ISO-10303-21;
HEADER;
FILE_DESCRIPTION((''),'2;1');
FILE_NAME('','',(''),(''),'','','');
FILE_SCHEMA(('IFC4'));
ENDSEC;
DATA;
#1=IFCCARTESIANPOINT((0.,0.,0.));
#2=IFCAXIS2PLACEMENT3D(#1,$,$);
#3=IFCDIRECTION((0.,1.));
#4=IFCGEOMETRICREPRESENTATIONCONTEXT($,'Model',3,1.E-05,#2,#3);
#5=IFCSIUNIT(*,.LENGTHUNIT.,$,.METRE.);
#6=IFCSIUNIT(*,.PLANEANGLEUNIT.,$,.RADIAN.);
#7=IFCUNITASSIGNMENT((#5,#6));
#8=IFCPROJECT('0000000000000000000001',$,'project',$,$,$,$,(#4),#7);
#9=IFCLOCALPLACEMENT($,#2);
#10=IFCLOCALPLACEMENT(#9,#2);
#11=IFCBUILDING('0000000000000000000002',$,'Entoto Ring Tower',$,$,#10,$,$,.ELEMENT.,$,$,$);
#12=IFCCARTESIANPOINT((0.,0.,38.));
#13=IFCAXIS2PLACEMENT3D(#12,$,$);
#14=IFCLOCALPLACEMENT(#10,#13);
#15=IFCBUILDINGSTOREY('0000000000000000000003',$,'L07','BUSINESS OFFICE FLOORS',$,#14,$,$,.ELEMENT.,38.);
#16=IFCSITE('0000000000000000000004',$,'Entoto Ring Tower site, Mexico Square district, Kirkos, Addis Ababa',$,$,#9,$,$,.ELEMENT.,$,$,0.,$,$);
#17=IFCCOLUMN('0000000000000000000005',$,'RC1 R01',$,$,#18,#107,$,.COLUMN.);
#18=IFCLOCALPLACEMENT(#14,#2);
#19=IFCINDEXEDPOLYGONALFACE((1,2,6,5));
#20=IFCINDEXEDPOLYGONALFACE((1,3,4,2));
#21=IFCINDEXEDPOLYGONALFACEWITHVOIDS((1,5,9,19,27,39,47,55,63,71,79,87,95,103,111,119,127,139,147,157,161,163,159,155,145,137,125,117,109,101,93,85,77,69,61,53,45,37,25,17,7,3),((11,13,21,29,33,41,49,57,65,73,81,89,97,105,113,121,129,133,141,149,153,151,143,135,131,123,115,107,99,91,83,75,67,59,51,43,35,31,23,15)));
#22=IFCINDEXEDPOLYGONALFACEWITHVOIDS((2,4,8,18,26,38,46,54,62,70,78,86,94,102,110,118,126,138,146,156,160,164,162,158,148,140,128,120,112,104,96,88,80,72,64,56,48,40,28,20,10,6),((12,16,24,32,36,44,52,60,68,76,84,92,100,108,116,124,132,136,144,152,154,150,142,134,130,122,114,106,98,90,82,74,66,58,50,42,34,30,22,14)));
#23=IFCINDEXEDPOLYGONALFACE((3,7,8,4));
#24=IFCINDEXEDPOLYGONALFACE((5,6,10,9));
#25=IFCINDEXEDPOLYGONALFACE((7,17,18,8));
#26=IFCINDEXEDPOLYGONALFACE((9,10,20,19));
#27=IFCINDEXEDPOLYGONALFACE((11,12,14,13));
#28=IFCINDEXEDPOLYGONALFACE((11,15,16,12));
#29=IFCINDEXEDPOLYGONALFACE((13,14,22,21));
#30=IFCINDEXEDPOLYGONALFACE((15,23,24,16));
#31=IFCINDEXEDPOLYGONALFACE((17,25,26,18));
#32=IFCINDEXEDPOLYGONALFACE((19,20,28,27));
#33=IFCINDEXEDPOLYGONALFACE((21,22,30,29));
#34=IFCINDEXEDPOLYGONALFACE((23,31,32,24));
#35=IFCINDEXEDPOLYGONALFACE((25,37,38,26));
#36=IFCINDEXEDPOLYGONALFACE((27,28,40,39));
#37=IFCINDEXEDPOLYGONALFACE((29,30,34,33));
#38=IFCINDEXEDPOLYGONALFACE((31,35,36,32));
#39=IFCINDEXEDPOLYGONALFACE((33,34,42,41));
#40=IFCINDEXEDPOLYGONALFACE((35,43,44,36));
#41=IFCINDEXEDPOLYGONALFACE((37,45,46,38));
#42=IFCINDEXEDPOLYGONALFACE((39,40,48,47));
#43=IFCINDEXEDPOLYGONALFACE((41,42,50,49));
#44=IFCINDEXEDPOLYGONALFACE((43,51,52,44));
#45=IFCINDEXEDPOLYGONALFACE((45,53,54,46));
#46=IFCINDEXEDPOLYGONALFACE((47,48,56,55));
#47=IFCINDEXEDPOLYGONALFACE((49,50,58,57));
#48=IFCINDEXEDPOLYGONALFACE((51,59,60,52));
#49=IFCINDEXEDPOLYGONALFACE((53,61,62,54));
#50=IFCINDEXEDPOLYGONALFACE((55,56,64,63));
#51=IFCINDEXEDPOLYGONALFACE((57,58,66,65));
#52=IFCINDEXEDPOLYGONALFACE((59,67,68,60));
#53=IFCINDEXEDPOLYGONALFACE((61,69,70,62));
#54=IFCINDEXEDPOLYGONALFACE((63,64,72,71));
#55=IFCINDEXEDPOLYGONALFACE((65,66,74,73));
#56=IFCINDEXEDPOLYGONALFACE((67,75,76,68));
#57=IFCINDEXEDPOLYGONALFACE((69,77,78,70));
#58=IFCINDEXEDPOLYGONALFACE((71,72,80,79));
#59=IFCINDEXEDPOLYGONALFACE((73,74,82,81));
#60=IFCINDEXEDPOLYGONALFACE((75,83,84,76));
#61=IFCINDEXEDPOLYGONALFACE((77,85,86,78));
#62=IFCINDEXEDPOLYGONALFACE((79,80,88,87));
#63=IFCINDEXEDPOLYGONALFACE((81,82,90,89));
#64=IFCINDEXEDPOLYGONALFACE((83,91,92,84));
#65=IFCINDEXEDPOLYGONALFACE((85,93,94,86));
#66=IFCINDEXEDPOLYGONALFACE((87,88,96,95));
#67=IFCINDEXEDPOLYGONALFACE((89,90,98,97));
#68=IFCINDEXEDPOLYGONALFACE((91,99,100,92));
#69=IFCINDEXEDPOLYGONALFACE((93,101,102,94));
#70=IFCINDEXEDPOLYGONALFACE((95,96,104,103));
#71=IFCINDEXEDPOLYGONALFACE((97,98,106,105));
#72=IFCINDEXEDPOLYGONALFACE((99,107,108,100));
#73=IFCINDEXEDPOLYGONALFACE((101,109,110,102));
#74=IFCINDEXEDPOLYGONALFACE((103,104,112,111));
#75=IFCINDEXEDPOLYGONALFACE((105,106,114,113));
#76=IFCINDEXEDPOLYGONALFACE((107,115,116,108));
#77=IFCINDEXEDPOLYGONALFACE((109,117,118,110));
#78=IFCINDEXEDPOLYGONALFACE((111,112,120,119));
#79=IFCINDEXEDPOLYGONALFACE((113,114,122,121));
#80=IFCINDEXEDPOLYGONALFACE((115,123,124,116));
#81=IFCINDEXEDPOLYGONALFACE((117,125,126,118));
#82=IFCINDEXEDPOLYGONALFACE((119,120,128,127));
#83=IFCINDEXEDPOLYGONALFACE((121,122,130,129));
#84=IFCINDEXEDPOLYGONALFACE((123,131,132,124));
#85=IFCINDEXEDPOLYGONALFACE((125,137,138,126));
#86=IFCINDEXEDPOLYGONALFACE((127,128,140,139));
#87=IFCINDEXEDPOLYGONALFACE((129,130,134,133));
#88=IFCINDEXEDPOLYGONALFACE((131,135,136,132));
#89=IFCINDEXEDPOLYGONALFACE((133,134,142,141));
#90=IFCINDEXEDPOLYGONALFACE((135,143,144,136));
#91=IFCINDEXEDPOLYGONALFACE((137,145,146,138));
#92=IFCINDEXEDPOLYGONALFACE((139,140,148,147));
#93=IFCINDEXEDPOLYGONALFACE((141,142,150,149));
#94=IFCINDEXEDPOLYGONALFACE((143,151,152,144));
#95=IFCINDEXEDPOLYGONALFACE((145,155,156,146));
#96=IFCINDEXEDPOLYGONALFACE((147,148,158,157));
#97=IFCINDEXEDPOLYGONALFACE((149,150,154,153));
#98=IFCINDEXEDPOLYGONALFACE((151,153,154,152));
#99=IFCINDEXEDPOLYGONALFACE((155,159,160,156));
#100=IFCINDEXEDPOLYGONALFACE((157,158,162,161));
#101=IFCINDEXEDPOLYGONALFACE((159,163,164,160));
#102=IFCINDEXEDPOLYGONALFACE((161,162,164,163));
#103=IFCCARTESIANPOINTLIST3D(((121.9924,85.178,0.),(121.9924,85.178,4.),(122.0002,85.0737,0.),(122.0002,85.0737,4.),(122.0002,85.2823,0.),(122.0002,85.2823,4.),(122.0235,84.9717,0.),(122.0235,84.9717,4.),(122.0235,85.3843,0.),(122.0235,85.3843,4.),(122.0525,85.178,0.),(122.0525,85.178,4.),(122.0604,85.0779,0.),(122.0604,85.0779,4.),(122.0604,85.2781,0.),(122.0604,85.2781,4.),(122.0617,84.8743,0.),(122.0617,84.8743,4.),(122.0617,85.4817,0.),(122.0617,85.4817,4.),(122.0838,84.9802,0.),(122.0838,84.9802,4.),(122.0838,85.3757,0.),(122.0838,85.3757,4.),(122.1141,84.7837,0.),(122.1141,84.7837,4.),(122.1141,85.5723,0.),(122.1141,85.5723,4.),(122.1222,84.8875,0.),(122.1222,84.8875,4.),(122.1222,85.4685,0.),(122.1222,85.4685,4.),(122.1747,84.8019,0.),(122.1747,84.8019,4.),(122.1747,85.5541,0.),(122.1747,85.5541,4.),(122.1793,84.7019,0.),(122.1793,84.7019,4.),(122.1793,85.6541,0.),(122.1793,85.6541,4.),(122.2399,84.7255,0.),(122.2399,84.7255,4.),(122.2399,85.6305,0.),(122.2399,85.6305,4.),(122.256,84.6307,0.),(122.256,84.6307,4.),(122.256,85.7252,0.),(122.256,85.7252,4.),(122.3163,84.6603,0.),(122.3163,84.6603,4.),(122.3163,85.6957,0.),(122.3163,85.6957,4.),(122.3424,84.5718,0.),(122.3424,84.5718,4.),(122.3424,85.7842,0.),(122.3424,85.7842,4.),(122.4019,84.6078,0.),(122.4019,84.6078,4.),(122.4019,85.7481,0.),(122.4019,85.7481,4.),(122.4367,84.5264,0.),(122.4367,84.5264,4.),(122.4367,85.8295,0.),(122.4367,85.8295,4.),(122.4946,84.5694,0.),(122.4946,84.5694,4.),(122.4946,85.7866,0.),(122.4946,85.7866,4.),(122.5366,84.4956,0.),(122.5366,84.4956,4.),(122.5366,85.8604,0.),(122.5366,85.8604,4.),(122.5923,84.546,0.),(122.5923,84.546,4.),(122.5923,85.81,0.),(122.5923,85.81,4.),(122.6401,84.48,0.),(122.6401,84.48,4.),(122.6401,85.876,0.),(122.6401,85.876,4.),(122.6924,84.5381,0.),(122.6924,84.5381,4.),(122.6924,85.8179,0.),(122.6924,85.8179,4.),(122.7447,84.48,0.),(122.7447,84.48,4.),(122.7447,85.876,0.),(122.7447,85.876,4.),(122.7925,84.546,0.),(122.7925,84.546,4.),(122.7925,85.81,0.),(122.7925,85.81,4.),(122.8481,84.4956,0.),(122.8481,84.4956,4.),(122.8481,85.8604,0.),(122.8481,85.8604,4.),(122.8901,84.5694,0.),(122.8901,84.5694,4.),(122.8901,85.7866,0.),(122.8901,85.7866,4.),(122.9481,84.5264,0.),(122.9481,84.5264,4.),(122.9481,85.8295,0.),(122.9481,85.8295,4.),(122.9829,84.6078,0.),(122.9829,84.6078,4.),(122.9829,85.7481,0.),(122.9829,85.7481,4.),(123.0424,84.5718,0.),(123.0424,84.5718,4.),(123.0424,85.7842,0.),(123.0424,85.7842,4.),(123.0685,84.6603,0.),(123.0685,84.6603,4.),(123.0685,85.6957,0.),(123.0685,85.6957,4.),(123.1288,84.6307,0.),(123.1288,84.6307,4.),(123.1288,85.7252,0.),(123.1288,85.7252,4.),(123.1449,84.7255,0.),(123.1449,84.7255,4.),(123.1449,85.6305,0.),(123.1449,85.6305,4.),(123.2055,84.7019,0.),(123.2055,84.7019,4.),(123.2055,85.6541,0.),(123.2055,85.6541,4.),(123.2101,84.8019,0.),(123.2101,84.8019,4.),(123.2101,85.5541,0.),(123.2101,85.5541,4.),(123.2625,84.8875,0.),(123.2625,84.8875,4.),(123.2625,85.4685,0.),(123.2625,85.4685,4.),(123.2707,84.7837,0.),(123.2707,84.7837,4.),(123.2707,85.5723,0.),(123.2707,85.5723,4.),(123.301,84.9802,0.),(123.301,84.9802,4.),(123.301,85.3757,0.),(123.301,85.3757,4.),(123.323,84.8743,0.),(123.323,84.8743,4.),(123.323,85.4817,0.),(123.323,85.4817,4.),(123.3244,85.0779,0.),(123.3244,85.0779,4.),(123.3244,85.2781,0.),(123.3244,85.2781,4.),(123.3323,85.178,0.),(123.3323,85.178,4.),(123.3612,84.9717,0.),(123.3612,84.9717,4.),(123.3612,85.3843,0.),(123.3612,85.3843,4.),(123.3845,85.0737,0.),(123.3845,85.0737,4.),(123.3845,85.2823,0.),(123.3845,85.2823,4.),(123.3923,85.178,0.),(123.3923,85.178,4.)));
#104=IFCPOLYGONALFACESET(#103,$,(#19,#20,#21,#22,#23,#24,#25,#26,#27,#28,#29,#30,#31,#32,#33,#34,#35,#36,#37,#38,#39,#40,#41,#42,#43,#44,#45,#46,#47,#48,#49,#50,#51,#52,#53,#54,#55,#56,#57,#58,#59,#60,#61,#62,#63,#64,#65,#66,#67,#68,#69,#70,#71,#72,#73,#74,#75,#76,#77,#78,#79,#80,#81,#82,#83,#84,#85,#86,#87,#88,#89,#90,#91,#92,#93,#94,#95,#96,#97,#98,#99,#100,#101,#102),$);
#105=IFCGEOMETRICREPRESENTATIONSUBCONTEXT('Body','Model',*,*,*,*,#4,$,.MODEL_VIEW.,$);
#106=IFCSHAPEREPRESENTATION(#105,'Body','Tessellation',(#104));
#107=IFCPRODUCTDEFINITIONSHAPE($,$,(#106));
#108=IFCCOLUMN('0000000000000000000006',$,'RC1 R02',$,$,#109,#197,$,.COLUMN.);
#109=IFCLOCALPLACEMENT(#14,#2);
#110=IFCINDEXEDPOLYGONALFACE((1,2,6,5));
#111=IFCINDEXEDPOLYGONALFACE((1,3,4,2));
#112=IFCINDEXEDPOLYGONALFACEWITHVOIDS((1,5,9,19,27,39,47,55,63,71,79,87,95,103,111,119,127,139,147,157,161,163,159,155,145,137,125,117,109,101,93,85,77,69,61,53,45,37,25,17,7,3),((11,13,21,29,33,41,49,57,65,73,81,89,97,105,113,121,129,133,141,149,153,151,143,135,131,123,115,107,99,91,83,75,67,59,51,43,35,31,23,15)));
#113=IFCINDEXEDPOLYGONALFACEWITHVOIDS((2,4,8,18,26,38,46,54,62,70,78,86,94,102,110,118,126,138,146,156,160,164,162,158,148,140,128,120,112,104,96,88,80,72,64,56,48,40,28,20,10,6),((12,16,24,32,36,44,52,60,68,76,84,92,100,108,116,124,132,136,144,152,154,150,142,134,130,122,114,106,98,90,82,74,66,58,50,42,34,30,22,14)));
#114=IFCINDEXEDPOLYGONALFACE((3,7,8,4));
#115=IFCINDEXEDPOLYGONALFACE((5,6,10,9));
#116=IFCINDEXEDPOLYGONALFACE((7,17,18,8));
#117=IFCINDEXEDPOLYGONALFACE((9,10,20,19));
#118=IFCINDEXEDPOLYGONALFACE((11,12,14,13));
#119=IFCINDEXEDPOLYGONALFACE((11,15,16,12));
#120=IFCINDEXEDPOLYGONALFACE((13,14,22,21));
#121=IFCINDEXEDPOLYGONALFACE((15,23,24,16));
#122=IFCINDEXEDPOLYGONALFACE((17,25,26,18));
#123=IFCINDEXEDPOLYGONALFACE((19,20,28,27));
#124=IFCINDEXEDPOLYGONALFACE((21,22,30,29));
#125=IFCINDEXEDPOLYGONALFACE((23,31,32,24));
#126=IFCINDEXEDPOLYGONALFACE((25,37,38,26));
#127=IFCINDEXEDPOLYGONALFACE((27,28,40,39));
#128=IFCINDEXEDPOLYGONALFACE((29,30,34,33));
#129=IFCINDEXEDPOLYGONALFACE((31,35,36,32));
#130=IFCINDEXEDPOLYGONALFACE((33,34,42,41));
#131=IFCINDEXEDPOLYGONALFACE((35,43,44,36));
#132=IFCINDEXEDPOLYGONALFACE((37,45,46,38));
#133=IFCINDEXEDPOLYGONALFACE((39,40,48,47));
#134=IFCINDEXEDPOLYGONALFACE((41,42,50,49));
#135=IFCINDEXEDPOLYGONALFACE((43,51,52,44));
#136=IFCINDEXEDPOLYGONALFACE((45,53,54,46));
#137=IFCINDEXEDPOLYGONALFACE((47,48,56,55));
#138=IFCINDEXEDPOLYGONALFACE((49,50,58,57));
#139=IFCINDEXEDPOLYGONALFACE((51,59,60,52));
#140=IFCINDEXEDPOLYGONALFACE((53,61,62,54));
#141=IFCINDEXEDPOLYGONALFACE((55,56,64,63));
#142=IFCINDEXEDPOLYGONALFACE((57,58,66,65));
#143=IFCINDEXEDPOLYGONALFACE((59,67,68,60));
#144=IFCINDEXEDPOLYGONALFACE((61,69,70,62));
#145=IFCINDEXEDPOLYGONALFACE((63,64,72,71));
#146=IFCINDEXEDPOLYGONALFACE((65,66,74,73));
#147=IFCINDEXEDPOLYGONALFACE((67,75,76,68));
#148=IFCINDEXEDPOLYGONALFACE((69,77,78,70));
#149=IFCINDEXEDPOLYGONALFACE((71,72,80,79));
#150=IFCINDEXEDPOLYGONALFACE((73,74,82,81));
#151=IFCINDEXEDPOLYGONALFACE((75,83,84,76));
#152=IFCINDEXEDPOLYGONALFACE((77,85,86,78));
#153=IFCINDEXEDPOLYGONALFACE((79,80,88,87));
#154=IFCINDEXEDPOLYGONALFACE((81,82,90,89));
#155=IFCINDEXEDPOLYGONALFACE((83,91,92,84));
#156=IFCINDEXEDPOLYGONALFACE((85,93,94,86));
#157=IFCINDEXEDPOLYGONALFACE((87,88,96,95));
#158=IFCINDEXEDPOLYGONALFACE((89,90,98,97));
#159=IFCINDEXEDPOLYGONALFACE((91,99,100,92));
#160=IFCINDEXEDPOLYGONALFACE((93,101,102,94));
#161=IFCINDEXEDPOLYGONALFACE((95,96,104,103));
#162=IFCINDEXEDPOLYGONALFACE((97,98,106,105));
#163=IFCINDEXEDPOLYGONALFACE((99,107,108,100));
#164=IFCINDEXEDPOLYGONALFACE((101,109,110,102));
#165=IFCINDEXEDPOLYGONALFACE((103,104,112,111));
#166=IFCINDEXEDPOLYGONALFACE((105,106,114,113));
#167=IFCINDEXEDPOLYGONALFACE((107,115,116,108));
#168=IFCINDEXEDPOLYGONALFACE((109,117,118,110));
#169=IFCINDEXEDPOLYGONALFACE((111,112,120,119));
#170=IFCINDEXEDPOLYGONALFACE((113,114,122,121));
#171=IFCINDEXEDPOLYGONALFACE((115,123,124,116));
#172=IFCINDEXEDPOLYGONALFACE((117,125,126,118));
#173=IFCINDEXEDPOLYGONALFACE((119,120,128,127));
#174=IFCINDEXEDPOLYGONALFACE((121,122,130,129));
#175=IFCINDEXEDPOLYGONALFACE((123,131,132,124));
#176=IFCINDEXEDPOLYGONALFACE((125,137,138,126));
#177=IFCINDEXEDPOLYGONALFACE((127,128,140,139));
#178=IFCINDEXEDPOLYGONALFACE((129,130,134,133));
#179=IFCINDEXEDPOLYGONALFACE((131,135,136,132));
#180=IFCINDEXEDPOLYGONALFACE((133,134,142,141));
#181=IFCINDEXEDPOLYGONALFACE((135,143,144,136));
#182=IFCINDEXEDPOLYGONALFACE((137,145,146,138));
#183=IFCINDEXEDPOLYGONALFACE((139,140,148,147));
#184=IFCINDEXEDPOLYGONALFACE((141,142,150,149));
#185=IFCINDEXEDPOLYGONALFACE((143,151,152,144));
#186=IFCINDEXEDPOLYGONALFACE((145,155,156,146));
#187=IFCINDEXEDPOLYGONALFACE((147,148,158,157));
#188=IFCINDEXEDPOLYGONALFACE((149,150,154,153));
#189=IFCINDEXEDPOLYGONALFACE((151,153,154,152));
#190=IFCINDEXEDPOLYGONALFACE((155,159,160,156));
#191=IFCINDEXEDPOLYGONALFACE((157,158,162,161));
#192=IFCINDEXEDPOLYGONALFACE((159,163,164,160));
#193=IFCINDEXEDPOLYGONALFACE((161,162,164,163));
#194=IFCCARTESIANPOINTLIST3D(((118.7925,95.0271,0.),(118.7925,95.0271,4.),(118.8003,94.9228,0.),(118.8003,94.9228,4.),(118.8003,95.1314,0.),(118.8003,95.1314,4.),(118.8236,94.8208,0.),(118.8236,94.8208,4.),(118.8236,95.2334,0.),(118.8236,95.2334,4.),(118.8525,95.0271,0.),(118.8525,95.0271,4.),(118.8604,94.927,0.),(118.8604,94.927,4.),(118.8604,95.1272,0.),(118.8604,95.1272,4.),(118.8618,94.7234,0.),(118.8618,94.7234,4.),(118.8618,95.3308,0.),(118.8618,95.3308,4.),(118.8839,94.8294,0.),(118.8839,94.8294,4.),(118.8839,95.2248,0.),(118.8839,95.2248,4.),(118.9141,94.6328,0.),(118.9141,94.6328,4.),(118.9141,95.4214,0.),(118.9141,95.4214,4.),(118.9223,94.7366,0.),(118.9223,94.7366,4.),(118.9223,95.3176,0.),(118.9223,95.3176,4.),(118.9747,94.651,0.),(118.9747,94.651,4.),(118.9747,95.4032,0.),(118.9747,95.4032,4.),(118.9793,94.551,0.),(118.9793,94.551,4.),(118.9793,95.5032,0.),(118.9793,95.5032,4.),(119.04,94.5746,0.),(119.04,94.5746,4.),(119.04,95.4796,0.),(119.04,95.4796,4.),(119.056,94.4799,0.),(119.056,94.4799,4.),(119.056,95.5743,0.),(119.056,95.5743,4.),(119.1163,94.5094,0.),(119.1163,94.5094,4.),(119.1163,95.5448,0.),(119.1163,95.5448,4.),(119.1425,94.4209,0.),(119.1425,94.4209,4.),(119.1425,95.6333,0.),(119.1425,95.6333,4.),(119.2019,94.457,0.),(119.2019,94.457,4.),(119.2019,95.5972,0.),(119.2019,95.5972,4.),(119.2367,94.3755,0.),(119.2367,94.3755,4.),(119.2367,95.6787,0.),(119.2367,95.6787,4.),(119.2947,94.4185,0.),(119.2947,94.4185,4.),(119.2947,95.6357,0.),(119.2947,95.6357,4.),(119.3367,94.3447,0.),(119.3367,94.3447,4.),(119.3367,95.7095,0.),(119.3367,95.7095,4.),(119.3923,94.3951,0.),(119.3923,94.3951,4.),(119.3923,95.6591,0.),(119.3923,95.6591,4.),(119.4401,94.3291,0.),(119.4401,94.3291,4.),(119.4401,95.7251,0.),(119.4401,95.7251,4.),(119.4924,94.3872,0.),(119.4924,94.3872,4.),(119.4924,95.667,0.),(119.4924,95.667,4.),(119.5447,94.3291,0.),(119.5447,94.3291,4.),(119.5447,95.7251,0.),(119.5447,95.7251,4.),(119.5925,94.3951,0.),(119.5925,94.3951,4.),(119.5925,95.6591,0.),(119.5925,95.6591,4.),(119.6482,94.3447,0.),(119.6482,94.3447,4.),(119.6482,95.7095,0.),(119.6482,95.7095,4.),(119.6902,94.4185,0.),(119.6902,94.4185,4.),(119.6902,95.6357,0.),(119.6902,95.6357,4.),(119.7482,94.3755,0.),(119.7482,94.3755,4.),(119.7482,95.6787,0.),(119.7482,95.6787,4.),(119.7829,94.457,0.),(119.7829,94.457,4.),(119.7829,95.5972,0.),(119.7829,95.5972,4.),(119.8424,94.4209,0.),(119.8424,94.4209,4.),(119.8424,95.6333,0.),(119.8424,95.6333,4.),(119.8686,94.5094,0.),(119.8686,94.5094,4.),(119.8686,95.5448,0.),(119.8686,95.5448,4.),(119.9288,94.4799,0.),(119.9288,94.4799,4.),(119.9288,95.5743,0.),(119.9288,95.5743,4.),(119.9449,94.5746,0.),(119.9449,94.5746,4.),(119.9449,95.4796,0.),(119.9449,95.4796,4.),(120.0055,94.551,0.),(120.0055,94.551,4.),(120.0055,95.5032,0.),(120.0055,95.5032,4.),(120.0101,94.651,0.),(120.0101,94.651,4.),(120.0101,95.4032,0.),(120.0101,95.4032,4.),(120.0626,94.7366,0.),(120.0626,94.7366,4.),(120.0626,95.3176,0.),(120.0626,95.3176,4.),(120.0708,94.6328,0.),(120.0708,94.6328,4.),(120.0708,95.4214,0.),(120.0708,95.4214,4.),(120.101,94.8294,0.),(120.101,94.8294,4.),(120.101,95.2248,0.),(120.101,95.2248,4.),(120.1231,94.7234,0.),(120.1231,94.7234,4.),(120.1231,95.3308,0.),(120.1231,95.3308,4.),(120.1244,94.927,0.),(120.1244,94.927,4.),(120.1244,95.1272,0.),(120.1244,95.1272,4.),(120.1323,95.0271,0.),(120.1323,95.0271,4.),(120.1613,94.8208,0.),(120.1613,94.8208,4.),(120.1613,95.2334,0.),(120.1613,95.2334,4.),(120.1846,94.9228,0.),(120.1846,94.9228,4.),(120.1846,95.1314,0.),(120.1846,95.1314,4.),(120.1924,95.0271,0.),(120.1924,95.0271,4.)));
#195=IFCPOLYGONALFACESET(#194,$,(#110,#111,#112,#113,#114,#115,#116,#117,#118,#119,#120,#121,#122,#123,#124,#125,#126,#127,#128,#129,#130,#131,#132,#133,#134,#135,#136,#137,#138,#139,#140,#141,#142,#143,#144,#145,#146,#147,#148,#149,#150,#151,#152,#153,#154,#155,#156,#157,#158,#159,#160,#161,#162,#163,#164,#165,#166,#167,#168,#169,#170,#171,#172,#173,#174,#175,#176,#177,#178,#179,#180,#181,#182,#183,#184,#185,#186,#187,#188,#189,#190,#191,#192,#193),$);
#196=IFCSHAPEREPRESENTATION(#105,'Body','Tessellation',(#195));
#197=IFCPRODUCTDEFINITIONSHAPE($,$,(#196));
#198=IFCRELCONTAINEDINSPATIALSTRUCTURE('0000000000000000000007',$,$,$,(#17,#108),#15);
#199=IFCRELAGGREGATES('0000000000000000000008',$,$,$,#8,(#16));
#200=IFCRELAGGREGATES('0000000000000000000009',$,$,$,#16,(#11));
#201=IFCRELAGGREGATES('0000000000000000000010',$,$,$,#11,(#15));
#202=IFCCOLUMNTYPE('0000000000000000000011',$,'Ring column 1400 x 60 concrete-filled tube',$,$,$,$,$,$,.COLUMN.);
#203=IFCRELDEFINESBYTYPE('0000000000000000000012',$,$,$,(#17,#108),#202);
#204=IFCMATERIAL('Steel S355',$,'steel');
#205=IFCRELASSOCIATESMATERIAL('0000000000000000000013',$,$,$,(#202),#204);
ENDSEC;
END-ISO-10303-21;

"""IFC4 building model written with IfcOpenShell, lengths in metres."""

from ifc_helpers import new_model, si_unit, direction, frame, origin, origin_2d, place, context, subcontext, project, spatial, circle, hollow_circle, extrude, material, material_profile, profile_set, type_object, element, save


model = new_model("IFC4")

# Units and contexts
model_context = context("Model", 3, precision=1e-05, world=origin(), true_north=direction((0.0, 1.0)))
body_context = subcontext(model_context, "Body", "Model", "MODEL_VIEW")
ifc_project = project(units=[si_unit("LENGTHUNIT", "METRE"), si_unit("PLANEANGLEUNIT", "RADIAN")], contexts=[model_context])

# Site, building, storey
site_placement = place(None, origin())
site = spatial("IfcSite", under=ifc_project, at=site_placement, Name="Entoto Ring Tower site, Mexico Square district, Kirkos, Addis Ababa", CompositionType="ELEMENT", RefElevation=0.0)
building_placement = place(site_placement, origin())
building = spatial("IfcBuilding", under=site, at=building_placement, Name="Entoto Ring Tower", CompositionType="ELEMENT")
storey_placement = place(building_placement, frame((0.0, 0.0, 38.0)))
storey = spatial("IfcBuildingStorey", under=building, at=storey_placement, Name="L07", Description="BUSINESS OFFICE FLOORS", CompositionType="ELEMENT", Elevation=38.0)

# Columns
ifc_material_1 = material(Name="Steel S355", Category="steel")
ifc_material_profile_1 = material_profile(ifc_material_1, hollow_circle(Radius=0.7, WallThickness=0.0601, at=origin_2d()), Name="CHS 1400 x 60")
ifc_material_2 = material(Name="Concrete C60/75", Category="concrete")
ifc_material_profile_2 = material_profile(ifc_material_2, circle(Radius=0.6399, at=origin_2d()), Name="Concrete C60/75 infill")
ifc_profile_set_1 = profile_set([ifc_material_profile_1, ifc_material_profile_2], Name="Steel S355")
column_type = type_object("IfcColumnType", Name="Ring column 1400 x 60 concrete-filled tube", PredefinedType="COLUMN", material=ifc_profile_set_1)
for number, where, z_axis, x_axis, name in (
    (1, (122.6924, 85.178, 0.0), (0.0, 0.0, 1.0), (1.0, 0.0, 0.0), "RC1 R01"),
    (2, (119.4924, 95.0271, 0.0), (0.0, 0.0, 1.0), (1.0, 0.0, 0.0), "RC1 R02"),
):
    element("IfcColumn", number, at=place(storey_placement, frame(where, z_axis=z_axis, x_axis=x_axis)), inside=storey, type_object=column_type, Name=name, PredefinedType="COLUMN", context=body_context, shape_type="SweptSolid", body=[
        extrude(hollow_circle(Radius=0.7, WallThickness=0.0601, at=origin_2d()), origin(), (0.0, 0.0, 1.0), 4.0),
    ])

save(model, "model.ifc")
